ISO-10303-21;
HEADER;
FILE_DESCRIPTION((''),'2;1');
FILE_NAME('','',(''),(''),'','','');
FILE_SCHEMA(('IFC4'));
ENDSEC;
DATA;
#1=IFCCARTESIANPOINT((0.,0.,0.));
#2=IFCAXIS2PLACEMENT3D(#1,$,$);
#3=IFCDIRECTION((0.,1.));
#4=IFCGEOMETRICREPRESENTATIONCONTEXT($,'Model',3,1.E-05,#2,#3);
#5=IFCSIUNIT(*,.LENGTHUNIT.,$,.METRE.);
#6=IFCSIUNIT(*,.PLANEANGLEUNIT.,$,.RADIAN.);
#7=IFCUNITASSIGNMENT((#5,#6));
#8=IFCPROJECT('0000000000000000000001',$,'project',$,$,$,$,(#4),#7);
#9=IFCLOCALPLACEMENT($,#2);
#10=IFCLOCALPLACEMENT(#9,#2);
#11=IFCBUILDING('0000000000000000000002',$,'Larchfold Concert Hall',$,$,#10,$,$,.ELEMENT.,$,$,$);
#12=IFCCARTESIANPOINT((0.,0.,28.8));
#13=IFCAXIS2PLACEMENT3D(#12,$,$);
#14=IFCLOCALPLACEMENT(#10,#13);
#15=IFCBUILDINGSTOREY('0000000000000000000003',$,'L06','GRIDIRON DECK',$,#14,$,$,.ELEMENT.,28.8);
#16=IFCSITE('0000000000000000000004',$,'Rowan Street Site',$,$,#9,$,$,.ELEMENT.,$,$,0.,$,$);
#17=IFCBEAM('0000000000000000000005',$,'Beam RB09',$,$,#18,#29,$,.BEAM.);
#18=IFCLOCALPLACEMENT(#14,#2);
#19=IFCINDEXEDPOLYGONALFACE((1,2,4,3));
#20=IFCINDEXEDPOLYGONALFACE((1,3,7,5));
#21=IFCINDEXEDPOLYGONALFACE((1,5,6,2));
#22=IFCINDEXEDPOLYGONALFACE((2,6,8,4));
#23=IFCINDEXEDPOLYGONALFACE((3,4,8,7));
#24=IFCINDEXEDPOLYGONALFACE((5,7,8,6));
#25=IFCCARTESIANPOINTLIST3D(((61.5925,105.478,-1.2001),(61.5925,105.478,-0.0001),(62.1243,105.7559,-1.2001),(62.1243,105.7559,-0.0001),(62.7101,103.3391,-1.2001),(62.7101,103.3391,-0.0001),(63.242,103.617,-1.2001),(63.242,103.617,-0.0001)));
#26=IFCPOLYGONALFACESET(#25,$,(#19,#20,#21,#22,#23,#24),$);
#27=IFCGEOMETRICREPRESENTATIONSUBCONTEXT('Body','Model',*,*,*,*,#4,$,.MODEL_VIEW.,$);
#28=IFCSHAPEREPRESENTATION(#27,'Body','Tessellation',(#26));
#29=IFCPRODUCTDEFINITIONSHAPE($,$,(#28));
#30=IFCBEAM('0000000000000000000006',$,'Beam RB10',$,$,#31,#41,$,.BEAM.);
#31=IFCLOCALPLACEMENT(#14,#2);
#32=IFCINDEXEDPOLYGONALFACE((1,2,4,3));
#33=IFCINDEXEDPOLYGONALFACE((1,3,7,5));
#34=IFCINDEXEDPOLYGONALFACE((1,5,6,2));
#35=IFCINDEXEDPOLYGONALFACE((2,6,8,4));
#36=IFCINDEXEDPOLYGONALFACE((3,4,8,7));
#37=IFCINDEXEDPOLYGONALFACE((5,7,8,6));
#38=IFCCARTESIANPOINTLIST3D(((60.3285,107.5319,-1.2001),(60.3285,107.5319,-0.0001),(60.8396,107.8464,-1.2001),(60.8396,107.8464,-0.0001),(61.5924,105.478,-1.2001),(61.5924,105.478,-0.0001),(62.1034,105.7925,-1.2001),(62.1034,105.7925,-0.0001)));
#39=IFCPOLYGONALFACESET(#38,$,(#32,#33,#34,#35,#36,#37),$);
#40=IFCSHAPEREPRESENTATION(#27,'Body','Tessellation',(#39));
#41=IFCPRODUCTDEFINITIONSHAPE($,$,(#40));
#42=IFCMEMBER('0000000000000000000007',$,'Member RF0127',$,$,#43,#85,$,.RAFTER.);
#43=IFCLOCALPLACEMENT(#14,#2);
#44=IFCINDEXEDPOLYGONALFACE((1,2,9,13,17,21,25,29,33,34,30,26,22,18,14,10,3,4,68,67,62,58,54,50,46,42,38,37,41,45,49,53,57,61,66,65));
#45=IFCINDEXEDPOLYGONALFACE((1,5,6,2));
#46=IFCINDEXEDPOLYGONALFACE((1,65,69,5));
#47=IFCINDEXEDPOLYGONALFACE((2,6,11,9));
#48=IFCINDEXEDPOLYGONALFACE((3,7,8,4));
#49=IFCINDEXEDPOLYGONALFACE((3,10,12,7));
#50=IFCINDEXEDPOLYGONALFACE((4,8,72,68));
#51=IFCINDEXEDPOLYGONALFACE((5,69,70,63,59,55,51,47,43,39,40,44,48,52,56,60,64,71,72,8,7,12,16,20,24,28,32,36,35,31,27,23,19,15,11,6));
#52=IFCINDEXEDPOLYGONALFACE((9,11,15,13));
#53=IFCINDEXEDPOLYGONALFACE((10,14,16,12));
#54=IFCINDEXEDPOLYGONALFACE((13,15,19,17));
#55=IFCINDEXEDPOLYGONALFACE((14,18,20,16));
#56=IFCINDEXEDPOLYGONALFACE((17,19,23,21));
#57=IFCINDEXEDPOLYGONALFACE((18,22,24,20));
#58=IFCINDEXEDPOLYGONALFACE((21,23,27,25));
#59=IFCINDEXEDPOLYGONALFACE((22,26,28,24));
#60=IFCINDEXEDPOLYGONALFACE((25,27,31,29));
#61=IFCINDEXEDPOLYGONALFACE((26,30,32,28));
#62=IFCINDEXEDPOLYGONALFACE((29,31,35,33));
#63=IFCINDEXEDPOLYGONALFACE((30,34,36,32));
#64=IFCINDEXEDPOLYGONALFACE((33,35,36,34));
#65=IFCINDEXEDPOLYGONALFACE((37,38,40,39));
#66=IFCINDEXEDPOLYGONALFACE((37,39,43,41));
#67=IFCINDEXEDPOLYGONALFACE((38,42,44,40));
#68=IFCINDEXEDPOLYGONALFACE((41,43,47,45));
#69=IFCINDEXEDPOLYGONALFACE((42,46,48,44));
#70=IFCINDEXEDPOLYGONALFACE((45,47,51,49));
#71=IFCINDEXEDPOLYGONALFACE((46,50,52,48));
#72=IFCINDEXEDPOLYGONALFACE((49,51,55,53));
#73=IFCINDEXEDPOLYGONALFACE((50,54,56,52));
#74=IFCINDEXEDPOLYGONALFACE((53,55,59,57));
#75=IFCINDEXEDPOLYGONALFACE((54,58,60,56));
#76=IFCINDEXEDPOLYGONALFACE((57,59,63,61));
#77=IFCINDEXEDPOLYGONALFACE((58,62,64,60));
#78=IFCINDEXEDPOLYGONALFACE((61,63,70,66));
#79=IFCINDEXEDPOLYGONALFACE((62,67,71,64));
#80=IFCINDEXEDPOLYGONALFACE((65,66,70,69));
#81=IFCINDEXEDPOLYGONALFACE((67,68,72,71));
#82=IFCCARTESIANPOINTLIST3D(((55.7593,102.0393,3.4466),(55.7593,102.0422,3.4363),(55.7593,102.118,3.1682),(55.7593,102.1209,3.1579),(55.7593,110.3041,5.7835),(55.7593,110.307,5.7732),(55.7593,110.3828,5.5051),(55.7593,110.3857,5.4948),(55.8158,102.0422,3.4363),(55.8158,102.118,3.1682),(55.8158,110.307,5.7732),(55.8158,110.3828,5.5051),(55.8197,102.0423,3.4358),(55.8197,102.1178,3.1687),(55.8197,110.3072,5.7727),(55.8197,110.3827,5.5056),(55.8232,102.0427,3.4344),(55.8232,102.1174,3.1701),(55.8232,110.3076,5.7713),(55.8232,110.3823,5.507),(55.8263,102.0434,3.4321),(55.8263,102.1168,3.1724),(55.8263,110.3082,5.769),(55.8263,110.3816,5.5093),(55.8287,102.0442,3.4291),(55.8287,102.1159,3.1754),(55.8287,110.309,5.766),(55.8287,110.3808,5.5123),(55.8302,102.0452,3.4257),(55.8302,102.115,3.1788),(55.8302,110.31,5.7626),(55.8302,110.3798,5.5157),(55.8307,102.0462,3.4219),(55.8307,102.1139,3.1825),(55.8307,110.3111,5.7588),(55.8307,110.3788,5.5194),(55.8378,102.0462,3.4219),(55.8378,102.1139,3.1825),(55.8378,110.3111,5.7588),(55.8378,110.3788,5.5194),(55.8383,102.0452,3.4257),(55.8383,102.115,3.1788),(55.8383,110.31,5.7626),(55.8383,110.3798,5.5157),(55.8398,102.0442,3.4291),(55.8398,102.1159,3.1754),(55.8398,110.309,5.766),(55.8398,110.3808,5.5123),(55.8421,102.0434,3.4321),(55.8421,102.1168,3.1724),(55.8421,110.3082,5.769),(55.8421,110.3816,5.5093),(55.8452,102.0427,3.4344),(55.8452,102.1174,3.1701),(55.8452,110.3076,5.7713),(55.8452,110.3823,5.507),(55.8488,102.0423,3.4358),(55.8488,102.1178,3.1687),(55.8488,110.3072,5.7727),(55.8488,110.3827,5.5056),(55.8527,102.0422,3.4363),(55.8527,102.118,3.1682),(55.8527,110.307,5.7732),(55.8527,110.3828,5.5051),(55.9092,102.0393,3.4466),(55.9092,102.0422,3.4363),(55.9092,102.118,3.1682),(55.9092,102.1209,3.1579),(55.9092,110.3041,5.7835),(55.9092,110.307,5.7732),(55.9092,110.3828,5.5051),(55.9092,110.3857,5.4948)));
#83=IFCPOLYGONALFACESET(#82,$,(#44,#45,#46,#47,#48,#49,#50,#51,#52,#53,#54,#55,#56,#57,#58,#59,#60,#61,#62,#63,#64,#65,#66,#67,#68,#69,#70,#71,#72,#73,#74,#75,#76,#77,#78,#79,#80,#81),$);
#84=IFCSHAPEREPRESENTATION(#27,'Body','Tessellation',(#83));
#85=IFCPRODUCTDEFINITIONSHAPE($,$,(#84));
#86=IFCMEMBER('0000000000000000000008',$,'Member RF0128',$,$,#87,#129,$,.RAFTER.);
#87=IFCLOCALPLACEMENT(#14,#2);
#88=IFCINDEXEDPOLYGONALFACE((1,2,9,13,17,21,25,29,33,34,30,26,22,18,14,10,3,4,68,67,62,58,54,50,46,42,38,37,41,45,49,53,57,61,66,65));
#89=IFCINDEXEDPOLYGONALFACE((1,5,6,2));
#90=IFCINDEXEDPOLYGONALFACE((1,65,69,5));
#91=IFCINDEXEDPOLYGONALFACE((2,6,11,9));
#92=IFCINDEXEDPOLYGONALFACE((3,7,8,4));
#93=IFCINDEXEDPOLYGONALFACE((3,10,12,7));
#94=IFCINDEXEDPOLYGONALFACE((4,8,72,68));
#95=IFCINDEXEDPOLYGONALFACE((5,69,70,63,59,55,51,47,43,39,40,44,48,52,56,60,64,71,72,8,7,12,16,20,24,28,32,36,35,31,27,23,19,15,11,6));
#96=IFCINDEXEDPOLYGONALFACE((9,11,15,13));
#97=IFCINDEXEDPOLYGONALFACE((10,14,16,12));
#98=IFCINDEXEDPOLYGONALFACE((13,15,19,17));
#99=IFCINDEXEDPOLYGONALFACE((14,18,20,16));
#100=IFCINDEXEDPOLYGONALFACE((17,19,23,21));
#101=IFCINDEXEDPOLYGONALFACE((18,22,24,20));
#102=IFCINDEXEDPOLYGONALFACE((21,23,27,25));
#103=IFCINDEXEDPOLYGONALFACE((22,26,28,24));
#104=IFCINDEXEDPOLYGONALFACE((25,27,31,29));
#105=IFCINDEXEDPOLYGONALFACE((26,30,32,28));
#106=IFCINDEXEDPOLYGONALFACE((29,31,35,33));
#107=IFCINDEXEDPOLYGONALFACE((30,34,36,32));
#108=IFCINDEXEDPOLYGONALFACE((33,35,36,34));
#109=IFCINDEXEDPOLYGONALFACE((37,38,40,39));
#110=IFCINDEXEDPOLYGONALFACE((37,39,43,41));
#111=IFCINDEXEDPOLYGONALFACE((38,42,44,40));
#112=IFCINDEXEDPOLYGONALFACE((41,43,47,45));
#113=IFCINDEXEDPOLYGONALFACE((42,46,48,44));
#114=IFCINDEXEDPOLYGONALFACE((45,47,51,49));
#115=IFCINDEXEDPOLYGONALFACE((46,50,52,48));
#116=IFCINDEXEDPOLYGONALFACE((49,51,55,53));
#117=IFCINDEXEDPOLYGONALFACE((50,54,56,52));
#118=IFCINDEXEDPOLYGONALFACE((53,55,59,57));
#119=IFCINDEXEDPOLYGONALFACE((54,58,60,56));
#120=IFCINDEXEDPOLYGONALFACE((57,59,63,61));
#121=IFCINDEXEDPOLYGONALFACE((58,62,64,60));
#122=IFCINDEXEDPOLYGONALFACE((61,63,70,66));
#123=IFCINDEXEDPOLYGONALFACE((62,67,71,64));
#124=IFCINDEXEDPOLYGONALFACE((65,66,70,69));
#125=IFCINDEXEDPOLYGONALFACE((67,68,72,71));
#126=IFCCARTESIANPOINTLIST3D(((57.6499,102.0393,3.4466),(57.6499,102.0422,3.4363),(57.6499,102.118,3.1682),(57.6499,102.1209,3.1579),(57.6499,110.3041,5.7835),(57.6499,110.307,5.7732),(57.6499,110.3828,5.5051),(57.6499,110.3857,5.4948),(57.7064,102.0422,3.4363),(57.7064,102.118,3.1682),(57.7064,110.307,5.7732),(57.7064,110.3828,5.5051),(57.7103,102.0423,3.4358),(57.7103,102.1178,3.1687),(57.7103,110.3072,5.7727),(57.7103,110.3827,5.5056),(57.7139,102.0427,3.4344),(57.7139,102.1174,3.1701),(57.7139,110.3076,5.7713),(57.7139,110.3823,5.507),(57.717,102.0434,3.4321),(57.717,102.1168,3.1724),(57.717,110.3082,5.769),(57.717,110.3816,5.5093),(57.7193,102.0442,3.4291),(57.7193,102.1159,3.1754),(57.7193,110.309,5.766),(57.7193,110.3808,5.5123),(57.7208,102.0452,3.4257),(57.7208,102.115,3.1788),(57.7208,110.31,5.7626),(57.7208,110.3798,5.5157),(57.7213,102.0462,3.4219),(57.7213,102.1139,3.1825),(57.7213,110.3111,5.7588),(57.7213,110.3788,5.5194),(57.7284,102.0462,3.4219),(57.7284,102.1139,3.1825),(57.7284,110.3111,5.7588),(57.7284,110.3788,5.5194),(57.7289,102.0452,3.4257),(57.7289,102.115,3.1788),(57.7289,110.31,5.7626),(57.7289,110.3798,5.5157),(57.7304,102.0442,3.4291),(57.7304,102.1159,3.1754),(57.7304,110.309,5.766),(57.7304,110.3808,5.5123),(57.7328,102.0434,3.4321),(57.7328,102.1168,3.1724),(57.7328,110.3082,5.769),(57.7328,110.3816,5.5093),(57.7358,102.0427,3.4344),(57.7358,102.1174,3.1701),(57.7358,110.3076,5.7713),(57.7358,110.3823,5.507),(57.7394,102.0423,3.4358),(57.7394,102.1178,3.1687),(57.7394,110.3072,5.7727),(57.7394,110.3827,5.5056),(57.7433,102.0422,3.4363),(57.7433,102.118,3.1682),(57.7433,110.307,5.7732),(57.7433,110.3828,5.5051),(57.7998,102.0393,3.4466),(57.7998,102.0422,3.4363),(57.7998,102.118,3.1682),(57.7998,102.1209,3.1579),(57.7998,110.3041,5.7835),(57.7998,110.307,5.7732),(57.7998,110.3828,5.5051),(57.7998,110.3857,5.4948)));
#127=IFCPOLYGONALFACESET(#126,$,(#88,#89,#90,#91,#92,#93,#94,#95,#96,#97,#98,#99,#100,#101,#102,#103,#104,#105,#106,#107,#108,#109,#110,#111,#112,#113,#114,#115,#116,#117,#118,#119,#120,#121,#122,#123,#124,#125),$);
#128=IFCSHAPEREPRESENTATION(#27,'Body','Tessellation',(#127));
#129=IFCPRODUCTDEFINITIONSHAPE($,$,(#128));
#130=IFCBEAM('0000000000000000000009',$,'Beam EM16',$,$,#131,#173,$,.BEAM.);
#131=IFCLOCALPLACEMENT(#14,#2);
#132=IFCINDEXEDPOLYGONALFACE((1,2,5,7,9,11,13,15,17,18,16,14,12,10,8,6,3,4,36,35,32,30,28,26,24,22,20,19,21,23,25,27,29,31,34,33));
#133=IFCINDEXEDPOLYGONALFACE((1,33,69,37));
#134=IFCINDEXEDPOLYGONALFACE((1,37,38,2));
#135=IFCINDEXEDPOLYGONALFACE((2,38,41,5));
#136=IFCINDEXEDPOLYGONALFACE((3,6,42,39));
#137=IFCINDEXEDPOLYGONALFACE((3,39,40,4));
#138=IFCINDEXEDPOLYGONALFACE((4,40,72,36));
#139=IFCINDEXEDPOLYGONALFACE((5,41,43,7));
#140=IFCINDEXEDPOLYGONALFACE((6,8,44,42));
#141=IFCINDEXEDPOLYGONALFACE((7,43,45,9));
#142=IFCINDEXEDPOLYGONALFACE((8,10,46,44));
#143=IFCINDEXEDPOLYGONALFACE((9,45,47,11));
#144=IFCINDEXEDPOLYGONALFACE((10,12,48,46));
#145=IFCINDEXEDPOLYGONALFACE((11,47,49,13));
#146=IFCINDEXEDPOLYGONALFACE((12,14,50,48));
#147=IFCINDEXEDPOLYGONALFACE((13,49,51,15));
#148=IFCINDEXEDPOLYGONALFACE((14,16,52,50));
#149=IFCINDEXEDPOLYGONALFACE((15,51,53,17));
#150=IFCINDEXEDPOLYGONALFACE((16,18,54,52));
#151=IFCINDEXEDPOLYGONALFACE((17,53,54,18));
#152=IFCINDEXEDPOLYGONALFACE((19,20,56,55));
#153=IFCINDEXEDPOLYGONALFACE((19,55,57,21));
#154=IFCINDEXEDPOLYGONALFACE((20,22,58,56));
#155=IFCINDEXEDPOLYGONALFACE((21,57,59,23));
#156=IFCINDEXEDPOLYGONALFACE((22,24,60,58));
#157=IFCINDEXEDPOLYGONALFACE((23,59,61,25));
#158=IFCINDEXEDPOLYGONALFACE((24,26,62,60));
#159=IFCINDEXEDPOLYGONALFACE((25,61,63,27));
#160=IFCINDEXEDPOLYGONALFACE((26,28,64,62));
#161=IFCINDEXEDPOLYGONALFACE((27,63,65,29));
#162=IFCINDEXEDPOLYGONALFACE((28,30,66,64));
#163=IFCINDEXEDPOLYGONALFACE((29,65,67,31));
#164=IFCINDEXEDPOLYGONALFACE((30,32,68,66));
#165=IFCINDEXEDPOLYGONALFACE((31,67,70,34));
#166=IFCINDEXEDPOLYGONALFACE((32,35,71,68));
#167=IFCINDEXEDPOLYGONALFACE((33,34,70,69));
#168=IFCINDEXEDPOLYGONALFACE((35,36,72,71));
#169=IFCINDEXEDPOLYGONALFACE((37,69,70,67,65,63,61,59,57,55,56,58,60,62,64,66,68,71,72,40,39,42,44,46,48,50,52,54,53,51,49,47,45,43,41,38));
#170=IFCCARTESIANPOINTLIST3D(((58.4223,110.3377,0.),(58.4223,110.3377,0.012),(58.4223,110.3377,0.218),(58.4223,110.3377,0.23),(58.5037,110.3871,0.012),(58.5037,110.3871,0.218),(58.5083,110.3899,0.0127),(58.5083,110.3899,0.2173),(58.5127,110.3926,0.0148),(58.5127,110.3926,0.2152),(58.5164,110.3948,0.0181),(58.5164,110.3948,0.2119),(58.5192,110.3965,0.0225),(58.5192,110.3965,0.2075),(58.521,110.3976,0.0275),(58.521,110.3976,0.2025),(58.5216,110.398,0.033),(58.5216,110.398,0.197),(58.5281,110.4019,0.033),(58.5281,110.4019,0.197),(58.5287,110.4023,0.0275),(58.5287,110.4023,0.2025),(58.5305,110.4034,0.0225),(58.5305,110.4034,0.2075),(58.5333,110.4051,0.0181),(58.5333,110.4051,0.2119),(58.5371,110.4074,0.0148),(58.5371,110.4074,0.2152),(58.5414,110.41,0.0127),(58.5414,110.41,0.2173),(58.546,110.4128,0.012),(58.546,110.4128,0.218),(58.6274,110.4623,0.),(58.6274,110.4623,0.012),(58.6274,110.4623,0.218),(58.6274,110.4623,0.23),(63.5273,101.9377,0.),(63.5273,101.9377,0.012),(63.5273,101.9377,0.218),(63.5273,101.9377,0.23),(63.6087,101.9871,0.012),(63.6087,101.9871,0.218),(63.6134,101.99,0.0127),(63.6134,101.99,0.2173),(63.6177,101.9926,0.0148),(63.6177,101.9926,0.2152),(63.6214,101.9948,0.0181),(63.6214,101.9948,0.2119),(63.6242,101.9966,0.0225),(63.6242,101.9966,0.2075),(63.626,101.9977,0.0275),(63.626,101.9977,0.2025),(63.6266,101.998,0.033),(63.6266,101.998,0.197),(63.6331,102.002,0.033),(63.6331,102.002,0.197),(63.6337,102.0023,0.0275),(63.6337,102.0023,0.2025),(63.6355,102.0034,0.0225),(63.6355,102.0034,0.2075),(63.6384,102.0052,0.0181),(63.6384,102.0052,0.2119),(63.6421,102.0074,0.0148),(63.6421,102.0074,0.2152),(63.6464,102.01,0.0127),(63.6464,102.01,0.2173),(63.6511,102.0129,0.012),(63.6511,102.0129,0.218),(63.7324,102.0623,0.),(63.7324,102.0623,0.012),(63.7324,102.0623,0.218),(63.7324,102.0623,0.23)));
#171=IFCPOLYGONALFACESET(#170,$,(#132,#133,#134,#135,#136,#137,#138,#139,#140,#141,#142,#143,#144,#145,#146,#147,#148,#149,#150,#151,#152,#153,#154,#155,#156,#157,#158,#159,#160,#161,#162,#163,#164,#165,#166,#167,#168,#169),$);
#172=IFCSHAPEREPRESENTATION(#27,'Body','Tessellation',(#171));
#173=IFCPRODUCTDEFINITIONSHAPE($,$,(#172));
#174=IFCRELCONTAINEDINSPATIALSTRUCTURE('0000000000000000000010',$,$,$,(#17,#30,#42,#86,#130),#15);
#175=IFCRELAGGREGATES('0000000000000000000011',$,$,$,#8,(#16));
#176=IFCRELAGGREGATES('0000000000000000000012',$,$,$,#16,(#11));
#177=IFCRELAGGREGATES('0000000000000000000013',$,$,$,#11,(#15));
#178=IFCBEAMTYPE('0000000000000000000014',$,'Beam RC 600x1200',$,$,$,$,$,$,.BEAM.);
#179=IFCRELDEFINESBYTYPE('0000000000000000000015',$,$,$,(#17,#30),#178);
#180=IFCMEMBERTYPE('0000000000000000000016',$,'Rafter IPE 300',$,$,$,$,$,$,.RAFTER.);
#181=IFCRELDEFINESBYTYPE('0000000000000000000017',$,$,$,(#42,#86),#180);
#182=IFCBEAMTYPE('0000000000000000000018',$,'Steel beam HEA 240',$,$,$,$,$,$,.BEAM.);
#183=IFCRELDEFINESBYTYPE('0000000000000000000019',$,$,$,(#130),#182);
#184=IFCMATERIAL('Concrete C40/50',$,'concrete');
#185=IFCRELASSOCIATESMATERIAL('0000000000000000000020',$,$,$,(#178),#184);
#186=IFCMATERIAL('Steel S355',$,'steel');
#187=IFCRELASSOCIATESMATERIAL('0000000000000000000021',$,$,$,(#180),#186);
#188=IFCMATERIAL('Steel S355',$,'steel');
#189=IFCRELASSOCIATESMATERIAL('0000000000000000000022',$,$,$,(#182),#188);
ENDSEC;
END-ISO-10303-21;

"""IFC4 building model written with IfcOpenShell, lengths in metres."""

from ifc_helpers import new_model, si_unit, direction, frame, origin, origin_2d, place, context, subcontext, project, spatial, rectangle, i_section, extrude, material, material_profile, profile_set, type_object, element, save


model = new_model("IFC4")

# Units and contexts
model_context = context("Model", 3, precision=1e-05, world=origin(), true_north=direction((0.0, 1.0)))
body_context = subcontext(model_context, "Body", "Model", "MODEL_VIEW")
ifc_project = project(units=[si_unit("LENGTHUNIT", "METRE"), si_unit("PLANEANGLEUNIT", "RADIAN")], contexts=[model_context])

# Site, building, storey
site_placement = place(None, origin())
site = spatial("IfcSite", under=ifc_project, at=site_placement, Name="Rowan Street Site", CompositionType="ELEMENT", RefElevation=0.0)
building_placement = place(site_placement, origin())
building = spatial("IfcBuilding", under=site, at=building_placement, Name="Larchfold Concert Hall", CompositionType="ELEMENT")
storey_placement = place(building_placement, frame((0.0, 0.0, 28.8)))
storey = spatial("IfcBuildingStorey", under=building, at=storey_placement, Name="L06", Description="GRIDIRON DECK", CompositionType="ELEMENT", Elevation=28.8)

# Beams
ifc_material_1 = material(Name="Concrete C40/50", Category="concrete")
ifc_material_profile_1 = material_profile(ifc_material_1, rectangle(XDim=0.6001, YDim=1.2, at=origin_2d()))
ifc_profile_set_1 = profile_set([ifc_material_profile_1], Name="Concrete C40/50")
beam_type_1 = type_object("IfcBeamType", Name="Beam RC 600x1200", PredefinedType="BEAM", material=ifc_profile_set_1)
beam_1_placement = place(storey_placement, frame((62.9761, 103.478, -0.6001), z_axis=(-0.463126, 0.886292, 0.0), x_axis=(-0.886292, -0.463126, 0.0)))
element("IfcBeam", 1, at=beam_1_placement, inside=storey, type_object=beam_type_1, Name="Beam RB09", PredefinedType="BEAM", context=body_context, shape_type="SweptSolid", body=[
    extrude(rectangle(XDim=0.6001, YDim=1.2, at=origin_2d()), origin(), (0.0, 0.0, 1.0), 2.4133),
])
beam_2_placement = place(storey_placement, frame((61.8479, 105.6353, -0.6001), z_axis=(-0.52408, 0.851669, 0.0), x_axis=(-0.851669, -0.52408, 0.0)))
element("IfcBeam", 2, at=beam_2_placement, inside=storey, type_object=beam_type_1, Name="Beam RB10", PredefinedType="BEAM", context=body_context, shape_type="SweptSolid", body=[
    extrude(rectangle(XDim=0.6001, YDim=1.2, at=origin_2d()), origin(), (0.0, 0.0, 1.0), 2.4116),
])

# Members
ifc_material_2 = material(Name="Steel S355", Category="steel")
ifc_material_profile_2 = material_profile(ifc_material_2, i_section(OverallWidth=0.1499, OverallDepth=0.3, WebThickness=0.0071, FlangeThickness=0.0107, FilletRadius=0.0149, at=origin_2d()))
ifc_profile_set_2 = profile_set([ifc_material_profile_2], Name="Steel S355")
member_type_1 = type_object("IfcMemberType", Name="Rafter IPE 300", PredefinedType="RAFTER", material=ifc_profile_set_2)
for number, where, z_axis, x_axis, name in (
    (3, (55.8342, 102.0801, 3.3022), (0.0, 0.962273, 0.272085), (-1.0, 0.0, 0.0), "Member RF0127"),
    (4, (57.7249, 102.0801, 3.3022), (0.0, 0.962273, 0.272085), (-1.0, 0.0, 0.0), "Member RF0128"),
):
    element("IfcMember", number, at=place(storey_placement, frame(where, z_axis=z_axis, x_axis=x_axis)), inside=storey, type_object=member_type_1, Name=name, PredefinedType="RAFTER", context=body_context, shape_type="SweptSolid", body=[
        extrude(i_section(OverallWidth=0.1499, OverallDepth=0.3, WebThickness=0.0071, FlangeThickness=0.0107, FilletRadius=0.0149, at=origin_2d()), origin(), (0.0, 0.0, 1.0), 8.5889),
    ])

# Beam
ifc_material_3 = material(Name="Steel S355", Category="steel")
ifc_material_profile_3 = material_profile(ifc_material_3, i_section(OverallWidth=0.24, OverallDepth=0.23, WebThickness=0.0076, FlangeThickness=0.012, FilletRadius=0.021, at=origin_2d()))
ifc_profile_set_3 = profile_set([ifc_material_profile_3], Name="Steel S355")
beam_type_2 = type_object("IfcBeamType", Name="Steel beam HEA 240", PredefinedType="BEAM", material=ifc_profile_set_3)
beam_3_placement = place(storey_placement, frame((63.6299, 102.0, 0.115), z_axis=(-0.519353, 0.85456, 0.0), x_axis=(-0.85456, -0.519353, 0.0)))
element("IfcBeam", 5, at=beam_3_placement, inside=storey, type_object=beam_type_2, Name="Beam EM16", PredefinedType="BEAM", context=body_context, shape_type="SweptSolid", body=[
    extrude(i_section(OverallWidth=0.24, OverallDepth=0.23, WebThickness=0.0076, FlangeThickness=0.012, FilletRadius=0.021, at=origin_2d()), origin(), (0.0, 0.0, 1.0), 9.8296),
])

save(model, "model.ifc")
